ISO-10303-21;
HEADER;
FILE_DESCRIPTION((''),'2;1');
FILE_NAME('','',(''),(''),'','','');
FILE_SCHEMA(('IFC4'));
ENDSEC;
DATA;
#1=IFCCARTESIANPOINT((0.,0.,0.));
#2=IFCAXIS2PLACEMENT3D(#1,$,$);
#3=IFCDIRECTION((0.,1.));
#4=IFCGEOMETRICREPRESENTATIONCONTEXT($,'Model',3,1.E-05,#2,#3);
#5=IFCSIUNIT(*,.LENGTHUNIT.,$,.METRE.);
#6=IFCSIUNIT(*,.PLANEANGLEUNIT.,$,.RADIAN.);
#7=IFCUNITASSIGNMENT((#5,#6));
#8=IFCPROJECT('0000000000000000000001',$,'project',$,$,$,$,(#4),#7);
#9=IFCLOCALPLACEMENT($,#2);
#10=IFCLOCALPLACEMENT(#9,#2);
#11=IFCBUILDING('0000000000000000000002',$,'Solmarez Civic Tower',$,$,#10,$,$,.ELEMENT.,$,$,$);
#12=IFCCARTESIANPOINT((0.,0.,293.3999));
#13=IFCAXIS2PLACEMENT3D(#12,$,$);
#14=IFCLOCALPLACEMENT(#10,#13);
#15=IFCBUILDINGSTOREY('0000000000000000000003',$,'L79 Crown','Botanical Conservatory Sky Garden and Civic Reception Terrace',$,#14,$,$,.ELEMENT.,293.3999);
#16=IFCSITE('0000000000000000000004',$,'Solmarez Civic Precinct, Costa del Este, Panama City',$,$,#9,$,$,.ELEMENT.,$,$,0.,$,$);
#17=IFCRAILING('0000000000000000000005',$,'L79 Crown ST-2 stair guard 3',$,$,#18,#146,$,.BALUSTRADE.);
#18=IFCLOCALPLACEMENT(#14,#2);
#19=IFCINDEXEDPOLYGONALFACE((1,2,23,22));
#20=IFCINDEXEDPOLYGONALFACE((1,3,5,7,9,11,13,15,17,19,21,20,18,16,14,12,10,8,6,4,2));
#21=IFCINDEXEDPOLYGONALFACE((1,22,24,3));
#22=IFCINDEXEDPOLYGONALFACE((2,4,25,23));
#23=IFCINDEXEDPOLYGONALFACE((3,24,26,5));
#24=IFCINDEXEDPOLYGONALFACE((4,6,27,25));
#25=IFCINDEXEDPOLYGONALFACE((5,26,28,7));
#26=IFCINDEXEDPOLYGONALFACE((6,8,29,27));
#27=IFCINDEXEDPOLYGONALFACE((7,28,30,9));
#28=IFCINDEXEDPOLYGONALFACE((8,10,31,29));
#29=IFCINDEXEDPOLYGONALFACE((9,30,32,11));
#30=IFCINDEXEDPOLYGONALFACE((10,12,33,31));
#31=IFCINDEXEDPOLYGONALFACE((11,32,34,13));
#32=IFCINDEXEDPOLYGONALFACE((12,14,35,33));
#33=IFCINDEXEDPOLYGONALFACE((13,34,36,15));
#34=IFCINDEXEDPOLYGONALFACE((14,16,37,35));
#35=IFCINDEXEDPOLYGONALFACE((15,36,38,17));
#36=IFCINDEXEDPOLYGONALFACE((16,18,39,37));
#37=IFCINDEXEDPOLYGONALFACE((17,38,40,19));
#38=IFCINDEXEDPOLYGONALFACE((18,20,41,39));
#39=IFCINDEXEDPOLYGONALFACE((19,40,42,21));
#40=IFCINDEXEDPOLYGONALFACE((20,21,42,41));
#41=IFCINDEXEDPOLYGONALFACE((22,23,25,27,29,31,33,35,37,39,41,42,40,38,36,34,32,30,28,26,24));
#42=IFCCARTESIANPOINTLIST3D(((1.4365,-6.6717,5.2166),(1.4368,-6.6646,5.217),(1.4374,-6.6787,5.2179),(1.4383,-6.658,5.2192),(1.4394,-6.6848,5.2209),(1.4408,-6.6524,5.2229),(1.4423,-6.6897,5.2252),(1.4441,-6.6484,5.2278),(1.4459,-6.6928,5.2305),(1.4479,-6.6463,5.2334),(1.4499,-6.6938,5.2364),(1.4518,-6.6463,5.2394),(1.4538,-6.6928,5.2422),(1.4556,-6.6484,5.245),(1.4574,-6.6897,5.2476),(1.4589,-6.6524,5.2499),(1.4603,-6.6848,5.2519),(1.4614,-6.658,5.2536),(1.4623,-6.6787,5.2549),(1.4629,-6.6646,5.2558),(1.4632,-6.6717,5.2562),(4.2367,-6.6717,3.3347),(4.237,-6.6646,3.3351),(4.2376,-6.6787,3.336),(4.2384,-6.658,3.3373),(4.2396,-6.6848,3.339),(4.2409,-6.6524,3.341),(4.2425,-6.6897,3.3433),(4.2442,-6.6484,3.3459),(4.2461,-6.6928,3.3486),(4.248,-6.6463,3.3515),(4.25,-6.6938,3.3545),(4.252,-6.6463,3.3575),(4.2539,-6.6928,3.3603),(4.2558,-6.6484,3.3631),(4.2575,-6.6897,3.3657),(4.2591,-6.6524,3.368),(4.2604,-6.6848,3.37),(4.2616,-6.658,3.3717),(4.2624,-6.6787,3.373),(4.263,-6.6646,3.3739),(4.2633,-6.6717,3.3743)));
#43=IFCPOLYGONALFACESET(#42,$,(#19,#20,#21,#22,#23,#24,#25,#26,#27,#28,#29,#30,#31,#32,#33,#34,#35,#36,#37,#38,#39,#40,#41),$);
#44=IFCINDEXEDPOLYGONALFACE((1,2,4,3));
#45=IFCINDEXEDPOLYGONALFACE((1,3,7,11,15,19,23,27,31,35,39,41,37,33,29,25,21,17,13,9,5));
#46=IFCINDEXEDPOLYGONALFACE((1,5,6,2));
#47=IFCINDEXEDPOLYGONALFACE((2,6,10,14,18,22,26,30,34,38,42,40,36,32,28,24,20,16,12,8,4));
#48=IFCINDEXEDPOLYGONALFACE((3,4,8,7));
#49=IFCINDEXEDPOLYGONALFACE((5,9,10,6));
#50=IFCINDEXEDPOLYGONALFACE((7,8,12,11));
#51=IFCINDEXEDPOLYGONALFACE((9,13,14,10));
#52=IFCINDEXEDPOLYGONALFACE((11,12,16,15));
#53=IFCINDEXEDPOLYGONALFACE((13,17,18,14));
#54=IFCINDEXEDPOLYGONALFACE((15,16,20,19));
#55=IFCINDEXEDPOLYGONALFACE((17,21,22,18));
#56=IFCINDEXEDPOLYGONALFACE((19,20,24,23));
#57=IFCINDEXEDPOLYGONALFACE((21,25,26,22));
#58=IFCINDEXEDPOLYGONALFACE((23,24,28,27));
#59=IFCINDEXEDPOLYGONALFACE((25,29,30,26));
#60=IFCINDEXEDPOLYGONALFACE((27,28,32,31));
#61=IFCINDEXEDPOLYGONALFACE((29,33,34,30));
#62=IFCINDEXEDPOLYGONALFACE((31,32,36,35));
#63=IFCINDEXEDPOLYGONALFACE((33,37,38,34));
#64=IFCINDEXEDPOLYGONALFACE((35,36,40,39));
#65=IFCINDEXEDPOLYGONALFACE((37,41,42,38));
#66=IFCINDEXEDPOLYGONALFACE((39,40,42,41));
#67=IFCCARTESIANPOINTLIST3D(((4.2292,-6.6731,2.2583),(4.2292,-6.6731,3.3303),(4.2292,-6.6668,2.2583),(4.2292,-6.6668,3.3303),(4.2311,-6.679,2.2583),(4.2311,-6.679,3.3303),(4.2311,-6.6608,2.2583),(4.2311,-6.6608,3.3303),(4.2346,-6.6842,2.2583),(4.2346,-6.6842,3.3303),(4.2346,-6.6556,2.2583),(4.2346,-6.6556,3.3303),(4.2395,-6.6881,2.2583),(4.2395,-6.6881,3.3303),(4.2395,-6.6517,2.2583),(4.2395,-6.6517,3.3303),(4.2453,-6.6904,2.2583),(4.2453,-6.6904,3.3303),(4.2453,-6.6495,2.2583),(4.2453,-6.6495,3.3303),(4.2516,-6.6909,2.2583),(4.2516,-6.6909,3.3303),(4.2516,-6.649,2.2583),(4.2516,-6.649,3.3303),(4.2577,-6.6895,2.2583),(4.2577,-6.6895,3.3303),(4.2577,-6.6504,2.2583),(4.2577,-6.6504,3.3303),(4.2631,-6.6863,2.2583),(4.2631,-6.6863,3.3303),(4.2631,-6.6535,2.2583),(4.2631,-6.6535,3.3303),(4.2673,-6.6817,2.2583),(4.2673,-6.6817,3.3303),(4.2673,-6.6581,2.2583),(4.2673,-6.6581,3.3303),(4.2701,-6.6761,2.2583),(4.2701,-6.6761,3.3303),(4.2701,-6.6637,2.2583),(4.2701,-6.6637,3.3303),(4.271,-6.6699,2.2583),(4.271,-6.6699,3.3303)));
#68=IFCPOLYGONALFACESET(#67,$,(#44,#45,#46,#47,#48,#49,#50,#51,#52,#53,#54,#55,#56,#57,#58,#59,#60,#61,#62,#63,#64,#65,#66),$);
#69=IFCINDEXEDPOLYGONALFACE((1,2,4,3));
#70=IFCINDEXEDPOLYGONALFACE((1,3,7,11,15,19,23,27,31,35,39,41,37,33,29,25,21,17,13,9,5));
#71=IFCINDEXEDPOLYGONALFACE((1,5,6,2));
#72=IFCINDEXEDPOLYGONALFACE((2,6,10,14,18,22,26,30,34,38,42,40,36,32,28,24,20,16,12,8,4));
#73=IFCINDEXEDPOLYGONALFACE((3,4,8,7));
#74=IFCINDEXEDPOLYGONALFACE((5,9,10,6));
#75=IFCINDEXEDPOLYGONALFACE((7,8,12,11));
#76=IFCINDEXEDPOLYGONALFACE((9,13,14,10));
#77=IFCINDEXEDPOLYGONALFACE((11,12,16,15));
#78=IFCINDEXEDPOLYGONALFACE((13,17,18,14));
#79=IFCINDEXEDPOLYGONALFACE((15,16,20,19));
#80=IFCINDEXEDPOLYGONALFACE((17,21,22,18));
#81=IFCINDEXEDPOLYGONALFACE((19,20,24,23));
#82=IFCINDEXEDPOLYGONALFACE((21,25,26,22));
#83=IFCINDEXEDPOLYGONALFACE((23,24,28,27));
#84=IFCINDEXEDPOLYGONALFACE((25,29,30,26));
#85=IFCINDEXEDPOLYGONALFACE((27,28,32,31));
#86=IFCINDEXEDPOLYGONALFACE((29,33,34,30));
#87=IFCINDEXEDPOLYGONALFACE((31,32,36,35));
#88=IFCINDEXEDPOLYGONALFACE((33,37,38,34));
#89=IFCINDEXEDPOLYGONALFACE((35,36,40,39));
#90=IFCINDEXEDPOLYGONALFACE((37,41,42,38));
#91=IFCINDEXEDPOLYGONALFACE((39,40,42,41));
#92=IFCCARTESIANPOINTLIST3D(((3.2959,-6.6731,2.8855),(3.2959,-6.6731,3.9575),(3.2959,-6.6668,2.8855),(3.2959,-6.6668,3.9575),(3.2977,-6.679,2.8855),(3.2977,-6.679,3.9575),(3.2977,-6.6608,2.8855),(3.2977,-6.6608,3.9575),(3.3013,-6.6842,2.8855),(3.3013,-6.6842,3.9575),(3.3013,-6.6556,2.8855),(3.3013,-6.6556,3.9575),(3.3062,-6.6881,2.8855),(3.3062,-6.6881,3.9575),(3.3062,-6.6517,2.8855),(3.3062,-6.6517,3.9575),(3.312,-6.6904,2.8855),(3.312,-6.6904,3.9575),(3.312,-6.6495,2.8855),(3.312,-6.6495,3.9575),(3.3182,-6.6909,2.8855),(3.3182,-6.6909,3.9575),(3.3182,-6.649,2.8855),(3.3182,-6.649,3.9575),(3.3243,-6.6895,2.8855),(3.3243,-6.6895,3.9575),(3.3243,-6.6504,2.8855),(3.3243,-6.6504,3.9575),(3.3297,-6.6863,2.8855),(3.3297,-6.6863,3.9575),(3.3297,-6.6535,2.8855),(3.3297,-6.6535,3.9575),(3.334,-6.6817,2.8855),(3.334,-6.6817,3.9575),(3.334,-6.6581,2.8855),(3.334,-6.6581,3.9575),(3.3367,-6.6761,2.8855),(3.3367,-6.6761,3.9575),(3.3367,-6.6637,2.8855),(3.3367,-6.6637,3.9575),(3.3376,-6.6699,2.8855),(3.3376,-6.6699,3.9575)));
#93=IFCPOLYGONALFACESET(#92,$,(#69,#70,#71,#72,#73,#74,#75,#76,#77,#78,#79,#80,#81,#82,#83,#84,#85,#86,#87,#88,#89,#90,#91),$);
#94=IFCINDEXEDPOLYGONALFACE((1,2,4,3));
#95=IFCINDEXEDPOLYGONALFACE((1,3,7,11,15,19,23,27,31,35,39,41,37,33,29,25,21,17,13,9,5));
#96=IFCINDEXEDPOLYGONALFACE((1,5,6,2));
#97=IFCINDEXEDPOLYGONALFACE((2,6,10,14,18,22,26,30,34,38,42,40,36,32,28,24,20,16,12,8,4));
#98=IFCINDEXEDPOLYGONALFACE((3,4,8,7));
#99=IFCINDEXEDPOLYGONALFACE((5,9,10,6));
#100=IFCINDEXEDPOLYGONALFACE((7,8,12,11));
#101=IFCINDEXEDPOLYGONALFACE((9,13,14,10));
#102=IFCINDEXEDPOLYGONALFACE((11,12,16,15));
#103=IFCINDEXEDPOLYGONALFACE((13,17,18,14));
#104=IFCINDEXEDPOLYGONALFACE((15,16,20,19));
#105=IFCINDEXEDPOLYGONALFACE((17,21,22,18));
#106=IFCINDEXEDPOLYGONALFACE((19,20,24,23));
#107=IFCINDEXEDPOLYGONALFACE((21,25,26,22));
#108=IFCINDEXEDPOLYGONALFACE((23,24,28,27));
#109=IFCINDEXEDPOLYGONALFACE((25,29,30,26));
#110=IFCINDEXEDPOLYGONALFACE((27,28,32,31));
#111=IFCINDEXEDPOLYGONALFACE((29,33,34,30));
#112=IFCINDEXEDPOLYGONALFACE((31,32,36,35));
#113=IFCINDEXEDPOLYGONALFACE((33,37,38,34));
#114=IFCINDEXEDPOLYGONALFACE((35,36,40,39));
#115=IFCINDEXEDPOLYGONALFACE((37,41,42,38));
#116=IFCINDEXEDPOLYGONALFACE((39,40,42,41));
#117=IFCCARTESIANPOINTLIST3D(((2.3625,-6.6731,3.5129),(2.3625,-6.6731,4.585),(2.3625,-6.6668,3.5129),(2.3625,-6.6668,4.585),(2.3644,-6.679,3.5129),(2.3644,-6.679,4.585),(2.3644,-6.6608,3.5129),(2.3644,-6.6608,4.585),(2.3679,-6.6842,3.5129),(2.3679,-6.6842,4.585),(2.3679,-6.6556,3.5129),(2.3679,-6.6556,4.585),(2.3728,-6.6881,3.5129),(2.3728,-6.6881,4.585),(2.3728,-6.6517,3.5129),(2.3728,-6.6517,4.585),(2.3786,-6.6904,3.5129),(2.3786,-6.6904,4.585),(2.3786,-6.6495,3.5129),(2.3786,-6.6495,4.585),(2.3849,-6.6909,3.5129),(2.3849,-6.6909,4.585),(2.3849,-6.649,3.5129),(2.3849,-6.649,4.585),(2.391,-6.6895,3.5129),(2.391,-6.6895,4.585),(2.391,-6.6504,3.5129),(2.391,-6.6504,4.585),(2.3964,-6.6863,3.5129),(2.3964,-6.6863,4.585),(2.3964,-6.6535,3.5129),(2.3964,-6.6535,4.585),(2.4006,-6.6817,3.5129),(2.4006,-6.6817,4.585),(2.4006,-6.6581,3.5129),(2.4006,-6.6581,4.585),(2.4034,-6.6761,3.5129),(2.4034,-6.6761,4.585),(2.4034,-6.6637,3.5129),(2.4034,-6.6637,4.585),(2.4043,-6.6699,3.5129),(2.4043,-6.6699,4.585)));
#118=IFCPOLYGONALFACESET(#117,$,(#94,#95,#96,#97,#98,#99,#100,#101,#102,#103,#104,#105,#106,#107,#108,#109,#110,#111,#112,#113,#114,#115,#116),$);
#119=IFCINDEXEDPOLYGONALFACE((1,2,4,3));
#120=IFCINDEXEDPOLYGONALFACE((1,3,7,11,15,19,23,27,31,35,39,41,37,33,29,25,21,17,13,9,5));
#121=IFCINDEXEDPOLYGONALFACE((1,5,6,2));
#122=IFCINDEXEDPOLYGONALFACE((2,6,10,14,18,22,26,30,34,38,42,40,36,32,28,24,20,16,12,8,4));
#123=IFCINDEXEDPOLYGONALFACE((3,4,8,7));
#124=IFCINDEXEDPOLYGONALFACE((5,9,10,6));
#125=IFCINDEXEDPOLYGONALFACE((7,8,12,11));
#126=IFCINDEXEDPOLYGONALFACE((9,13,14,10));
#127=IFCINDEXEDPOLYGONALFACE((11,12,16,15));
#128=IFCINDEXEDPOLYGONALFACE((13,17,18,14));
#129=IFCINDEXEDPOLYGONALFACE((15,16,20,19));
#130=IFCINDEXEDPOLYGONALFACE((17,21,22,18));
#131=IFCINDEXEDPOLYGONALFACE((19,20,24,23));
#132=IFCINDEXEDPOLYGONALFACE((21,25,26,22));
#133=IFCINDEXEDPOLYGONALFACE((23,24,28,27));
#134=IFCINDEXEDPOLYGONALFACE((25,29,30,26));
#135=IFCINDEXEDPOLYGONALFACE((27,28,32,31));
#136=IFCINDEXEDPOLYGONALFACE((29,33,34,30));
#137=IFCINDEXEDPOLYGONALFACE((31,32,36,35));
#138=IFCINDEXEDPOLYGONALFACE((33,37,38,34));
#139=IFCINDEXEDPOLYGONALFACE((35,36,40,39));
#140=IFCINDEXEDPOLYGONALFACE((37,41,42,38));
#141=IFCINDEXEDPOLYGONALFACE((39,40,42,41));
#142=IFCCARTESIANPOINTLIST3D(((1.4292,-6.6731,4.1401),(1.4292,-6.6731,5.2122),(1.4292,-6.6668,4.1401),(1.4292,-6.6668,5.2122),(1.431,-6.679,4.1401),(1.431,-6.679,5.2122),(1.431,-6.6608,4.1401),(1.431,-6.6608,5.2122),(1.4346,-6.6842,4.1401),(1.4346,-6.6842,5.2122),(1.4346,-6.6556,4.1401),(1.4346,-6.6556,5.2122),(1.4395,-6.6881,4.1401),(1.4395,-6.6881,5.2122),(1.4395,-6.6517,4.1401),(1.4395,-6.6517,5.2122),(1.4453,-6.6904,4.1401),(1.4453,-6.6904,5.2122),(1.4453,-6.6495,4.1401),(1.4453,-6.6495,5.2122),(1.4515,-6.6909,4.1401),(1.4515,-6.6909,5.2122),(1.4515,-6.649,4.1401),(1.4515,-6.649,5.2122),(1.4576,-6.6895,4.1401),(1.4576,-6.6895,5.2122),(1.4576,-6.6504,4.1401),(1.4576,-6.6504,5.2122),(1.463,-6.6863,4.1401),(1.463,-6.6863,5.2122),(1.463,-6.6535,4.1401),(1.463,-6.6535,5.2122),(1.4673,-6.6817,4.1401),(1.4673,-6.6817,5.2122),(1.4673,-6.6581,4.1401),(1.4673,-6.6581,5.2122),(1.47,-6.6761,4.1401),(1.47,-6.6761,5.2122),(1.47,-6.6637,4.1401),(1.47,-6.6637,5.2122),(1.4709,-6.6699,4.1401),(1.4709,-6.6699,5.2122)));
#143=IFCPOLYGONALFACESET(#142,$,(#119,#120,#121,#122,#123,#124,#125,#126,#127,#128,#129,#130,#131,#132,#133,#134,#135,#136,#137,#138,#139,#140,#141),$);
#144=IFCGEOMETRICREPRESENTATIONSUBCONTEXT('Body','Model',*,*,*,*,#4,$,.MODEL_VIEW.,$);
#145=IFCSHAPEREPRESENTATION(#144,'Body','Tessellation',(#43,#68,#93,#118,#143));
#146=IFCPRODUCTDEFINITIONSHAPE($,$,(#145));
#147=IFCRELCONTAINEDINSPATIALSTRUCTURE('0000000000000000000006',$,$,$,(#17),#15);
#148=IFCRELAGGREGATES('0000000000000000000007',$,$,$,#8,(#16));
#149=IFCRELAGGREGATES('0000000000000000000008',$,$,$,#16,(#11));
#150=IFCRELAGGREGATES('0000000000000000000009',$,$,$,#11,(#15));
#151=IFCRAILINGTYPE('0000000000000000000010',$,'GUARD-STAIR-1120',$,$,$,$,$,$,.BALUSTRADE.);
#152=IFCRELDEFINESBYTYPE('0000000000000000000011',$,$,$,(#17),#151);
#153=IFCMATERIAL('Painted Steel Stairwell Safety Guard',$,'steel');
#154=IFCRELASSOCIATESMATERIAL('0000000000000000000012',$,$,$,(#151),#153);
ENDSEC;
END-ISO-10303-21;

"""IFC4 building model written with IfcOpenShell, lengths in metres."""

from ifc_helpers import new_model, si_unit, direction, frame, origin, origin_2d, place, context, subcontext, project, spatial, circle, extrude, material, type_object, element, save


model = new_model("IFC4")

# Units and contexts
model_context = context("Model", 3, precision=1e-05, world=origin(), true_north=direction((0.0, 1.0)))
body_context = subcontext(model_context, "Body", "Model", "MODEL_VIEW")
ifc_project = project(units=[si_unit("LENGTHUNIT", "METRE"), si_unit("PLANEANGLEUNIT", "RADIAN")], contexts=[model_context])

# Site, building, storey
site_placement = place(None, origin())
site = spatial("IfcSite", under=ifc_project, at=site_placement, Name="Solmarez Civic Precinct, Costa del Este, Panama City", CompositionType="ELEMENT", RefElevation=0.0)
building_placement = place(site_placement, origin())
building = spatial("IfcBuilding", under=site, at=building_placement, Name="Solmarez Civic Tower", CompositionType="ELEMENT")
storey_placement = place(building_placement, frame((0.0, 0.0, 293.3999)))
storey = spatial("IfcBuildingStorey", under=building, at=storey_placement, Name="L79 Crown", Description="Botanical Conservatory Sky Garden and Civic Reception Terrace", CompositionType="ELEMENT", Elevation=293.3999)

# Railing
ifc_material_1 = material(Name="Painted Steel Stairwell Safety Guard", Category="steel")
railing_type_1 = type_object("IfcRailingType", Name="GUARD-STAIR-1120", PredefinedType="BALUSTRADE", material=ifc_material_1)
railing_1_placement = place(storey_placement, frame((4.25, -6.6699, 2.2583)))
element("IfcRailing", 1, at=railing_1_placement, inside=storey, type_object=railing_type_1, Name="L79 Crown ST-2 stair guard 3", PredefinedType="BALUSTRADE", context=body_context, shape_type="SweptSolid", body=[
    extrude(circle(Radius=0.0239, at=origin_2d()), frame((0.0, 0.0, 1.0962), z_axis=(-0.829974, 0.0, 0.557803), x_axis=(0.0, -1.0, 0.0)), (0.0, 0.0, 1.0), 3.3738),
    extrude(circle(Radius=0.021, at=origin_2d()), origin(), (0.0, 0.0, 1.0), 1.072),
    extrude(circle(Radius=0.021, at=origin_2d()), frame((-0.9333, 0.0, 0.6272)), (0.0, 0.0, 1.0), 1.072),
    extrude(circle(Radius=0.021, at=origin_2d()), frame((-1.8667, 0.0, 1.2546)), (0.0, 0.0, 1.0), 1.072),
    extrude(circle(Radius=0.021, at=origin_2d()), frame((-2.8, 0.0, 1.8818)), (0.0, 0.0, 1.0), 1.072),
])

save(model, "model.ifc")
